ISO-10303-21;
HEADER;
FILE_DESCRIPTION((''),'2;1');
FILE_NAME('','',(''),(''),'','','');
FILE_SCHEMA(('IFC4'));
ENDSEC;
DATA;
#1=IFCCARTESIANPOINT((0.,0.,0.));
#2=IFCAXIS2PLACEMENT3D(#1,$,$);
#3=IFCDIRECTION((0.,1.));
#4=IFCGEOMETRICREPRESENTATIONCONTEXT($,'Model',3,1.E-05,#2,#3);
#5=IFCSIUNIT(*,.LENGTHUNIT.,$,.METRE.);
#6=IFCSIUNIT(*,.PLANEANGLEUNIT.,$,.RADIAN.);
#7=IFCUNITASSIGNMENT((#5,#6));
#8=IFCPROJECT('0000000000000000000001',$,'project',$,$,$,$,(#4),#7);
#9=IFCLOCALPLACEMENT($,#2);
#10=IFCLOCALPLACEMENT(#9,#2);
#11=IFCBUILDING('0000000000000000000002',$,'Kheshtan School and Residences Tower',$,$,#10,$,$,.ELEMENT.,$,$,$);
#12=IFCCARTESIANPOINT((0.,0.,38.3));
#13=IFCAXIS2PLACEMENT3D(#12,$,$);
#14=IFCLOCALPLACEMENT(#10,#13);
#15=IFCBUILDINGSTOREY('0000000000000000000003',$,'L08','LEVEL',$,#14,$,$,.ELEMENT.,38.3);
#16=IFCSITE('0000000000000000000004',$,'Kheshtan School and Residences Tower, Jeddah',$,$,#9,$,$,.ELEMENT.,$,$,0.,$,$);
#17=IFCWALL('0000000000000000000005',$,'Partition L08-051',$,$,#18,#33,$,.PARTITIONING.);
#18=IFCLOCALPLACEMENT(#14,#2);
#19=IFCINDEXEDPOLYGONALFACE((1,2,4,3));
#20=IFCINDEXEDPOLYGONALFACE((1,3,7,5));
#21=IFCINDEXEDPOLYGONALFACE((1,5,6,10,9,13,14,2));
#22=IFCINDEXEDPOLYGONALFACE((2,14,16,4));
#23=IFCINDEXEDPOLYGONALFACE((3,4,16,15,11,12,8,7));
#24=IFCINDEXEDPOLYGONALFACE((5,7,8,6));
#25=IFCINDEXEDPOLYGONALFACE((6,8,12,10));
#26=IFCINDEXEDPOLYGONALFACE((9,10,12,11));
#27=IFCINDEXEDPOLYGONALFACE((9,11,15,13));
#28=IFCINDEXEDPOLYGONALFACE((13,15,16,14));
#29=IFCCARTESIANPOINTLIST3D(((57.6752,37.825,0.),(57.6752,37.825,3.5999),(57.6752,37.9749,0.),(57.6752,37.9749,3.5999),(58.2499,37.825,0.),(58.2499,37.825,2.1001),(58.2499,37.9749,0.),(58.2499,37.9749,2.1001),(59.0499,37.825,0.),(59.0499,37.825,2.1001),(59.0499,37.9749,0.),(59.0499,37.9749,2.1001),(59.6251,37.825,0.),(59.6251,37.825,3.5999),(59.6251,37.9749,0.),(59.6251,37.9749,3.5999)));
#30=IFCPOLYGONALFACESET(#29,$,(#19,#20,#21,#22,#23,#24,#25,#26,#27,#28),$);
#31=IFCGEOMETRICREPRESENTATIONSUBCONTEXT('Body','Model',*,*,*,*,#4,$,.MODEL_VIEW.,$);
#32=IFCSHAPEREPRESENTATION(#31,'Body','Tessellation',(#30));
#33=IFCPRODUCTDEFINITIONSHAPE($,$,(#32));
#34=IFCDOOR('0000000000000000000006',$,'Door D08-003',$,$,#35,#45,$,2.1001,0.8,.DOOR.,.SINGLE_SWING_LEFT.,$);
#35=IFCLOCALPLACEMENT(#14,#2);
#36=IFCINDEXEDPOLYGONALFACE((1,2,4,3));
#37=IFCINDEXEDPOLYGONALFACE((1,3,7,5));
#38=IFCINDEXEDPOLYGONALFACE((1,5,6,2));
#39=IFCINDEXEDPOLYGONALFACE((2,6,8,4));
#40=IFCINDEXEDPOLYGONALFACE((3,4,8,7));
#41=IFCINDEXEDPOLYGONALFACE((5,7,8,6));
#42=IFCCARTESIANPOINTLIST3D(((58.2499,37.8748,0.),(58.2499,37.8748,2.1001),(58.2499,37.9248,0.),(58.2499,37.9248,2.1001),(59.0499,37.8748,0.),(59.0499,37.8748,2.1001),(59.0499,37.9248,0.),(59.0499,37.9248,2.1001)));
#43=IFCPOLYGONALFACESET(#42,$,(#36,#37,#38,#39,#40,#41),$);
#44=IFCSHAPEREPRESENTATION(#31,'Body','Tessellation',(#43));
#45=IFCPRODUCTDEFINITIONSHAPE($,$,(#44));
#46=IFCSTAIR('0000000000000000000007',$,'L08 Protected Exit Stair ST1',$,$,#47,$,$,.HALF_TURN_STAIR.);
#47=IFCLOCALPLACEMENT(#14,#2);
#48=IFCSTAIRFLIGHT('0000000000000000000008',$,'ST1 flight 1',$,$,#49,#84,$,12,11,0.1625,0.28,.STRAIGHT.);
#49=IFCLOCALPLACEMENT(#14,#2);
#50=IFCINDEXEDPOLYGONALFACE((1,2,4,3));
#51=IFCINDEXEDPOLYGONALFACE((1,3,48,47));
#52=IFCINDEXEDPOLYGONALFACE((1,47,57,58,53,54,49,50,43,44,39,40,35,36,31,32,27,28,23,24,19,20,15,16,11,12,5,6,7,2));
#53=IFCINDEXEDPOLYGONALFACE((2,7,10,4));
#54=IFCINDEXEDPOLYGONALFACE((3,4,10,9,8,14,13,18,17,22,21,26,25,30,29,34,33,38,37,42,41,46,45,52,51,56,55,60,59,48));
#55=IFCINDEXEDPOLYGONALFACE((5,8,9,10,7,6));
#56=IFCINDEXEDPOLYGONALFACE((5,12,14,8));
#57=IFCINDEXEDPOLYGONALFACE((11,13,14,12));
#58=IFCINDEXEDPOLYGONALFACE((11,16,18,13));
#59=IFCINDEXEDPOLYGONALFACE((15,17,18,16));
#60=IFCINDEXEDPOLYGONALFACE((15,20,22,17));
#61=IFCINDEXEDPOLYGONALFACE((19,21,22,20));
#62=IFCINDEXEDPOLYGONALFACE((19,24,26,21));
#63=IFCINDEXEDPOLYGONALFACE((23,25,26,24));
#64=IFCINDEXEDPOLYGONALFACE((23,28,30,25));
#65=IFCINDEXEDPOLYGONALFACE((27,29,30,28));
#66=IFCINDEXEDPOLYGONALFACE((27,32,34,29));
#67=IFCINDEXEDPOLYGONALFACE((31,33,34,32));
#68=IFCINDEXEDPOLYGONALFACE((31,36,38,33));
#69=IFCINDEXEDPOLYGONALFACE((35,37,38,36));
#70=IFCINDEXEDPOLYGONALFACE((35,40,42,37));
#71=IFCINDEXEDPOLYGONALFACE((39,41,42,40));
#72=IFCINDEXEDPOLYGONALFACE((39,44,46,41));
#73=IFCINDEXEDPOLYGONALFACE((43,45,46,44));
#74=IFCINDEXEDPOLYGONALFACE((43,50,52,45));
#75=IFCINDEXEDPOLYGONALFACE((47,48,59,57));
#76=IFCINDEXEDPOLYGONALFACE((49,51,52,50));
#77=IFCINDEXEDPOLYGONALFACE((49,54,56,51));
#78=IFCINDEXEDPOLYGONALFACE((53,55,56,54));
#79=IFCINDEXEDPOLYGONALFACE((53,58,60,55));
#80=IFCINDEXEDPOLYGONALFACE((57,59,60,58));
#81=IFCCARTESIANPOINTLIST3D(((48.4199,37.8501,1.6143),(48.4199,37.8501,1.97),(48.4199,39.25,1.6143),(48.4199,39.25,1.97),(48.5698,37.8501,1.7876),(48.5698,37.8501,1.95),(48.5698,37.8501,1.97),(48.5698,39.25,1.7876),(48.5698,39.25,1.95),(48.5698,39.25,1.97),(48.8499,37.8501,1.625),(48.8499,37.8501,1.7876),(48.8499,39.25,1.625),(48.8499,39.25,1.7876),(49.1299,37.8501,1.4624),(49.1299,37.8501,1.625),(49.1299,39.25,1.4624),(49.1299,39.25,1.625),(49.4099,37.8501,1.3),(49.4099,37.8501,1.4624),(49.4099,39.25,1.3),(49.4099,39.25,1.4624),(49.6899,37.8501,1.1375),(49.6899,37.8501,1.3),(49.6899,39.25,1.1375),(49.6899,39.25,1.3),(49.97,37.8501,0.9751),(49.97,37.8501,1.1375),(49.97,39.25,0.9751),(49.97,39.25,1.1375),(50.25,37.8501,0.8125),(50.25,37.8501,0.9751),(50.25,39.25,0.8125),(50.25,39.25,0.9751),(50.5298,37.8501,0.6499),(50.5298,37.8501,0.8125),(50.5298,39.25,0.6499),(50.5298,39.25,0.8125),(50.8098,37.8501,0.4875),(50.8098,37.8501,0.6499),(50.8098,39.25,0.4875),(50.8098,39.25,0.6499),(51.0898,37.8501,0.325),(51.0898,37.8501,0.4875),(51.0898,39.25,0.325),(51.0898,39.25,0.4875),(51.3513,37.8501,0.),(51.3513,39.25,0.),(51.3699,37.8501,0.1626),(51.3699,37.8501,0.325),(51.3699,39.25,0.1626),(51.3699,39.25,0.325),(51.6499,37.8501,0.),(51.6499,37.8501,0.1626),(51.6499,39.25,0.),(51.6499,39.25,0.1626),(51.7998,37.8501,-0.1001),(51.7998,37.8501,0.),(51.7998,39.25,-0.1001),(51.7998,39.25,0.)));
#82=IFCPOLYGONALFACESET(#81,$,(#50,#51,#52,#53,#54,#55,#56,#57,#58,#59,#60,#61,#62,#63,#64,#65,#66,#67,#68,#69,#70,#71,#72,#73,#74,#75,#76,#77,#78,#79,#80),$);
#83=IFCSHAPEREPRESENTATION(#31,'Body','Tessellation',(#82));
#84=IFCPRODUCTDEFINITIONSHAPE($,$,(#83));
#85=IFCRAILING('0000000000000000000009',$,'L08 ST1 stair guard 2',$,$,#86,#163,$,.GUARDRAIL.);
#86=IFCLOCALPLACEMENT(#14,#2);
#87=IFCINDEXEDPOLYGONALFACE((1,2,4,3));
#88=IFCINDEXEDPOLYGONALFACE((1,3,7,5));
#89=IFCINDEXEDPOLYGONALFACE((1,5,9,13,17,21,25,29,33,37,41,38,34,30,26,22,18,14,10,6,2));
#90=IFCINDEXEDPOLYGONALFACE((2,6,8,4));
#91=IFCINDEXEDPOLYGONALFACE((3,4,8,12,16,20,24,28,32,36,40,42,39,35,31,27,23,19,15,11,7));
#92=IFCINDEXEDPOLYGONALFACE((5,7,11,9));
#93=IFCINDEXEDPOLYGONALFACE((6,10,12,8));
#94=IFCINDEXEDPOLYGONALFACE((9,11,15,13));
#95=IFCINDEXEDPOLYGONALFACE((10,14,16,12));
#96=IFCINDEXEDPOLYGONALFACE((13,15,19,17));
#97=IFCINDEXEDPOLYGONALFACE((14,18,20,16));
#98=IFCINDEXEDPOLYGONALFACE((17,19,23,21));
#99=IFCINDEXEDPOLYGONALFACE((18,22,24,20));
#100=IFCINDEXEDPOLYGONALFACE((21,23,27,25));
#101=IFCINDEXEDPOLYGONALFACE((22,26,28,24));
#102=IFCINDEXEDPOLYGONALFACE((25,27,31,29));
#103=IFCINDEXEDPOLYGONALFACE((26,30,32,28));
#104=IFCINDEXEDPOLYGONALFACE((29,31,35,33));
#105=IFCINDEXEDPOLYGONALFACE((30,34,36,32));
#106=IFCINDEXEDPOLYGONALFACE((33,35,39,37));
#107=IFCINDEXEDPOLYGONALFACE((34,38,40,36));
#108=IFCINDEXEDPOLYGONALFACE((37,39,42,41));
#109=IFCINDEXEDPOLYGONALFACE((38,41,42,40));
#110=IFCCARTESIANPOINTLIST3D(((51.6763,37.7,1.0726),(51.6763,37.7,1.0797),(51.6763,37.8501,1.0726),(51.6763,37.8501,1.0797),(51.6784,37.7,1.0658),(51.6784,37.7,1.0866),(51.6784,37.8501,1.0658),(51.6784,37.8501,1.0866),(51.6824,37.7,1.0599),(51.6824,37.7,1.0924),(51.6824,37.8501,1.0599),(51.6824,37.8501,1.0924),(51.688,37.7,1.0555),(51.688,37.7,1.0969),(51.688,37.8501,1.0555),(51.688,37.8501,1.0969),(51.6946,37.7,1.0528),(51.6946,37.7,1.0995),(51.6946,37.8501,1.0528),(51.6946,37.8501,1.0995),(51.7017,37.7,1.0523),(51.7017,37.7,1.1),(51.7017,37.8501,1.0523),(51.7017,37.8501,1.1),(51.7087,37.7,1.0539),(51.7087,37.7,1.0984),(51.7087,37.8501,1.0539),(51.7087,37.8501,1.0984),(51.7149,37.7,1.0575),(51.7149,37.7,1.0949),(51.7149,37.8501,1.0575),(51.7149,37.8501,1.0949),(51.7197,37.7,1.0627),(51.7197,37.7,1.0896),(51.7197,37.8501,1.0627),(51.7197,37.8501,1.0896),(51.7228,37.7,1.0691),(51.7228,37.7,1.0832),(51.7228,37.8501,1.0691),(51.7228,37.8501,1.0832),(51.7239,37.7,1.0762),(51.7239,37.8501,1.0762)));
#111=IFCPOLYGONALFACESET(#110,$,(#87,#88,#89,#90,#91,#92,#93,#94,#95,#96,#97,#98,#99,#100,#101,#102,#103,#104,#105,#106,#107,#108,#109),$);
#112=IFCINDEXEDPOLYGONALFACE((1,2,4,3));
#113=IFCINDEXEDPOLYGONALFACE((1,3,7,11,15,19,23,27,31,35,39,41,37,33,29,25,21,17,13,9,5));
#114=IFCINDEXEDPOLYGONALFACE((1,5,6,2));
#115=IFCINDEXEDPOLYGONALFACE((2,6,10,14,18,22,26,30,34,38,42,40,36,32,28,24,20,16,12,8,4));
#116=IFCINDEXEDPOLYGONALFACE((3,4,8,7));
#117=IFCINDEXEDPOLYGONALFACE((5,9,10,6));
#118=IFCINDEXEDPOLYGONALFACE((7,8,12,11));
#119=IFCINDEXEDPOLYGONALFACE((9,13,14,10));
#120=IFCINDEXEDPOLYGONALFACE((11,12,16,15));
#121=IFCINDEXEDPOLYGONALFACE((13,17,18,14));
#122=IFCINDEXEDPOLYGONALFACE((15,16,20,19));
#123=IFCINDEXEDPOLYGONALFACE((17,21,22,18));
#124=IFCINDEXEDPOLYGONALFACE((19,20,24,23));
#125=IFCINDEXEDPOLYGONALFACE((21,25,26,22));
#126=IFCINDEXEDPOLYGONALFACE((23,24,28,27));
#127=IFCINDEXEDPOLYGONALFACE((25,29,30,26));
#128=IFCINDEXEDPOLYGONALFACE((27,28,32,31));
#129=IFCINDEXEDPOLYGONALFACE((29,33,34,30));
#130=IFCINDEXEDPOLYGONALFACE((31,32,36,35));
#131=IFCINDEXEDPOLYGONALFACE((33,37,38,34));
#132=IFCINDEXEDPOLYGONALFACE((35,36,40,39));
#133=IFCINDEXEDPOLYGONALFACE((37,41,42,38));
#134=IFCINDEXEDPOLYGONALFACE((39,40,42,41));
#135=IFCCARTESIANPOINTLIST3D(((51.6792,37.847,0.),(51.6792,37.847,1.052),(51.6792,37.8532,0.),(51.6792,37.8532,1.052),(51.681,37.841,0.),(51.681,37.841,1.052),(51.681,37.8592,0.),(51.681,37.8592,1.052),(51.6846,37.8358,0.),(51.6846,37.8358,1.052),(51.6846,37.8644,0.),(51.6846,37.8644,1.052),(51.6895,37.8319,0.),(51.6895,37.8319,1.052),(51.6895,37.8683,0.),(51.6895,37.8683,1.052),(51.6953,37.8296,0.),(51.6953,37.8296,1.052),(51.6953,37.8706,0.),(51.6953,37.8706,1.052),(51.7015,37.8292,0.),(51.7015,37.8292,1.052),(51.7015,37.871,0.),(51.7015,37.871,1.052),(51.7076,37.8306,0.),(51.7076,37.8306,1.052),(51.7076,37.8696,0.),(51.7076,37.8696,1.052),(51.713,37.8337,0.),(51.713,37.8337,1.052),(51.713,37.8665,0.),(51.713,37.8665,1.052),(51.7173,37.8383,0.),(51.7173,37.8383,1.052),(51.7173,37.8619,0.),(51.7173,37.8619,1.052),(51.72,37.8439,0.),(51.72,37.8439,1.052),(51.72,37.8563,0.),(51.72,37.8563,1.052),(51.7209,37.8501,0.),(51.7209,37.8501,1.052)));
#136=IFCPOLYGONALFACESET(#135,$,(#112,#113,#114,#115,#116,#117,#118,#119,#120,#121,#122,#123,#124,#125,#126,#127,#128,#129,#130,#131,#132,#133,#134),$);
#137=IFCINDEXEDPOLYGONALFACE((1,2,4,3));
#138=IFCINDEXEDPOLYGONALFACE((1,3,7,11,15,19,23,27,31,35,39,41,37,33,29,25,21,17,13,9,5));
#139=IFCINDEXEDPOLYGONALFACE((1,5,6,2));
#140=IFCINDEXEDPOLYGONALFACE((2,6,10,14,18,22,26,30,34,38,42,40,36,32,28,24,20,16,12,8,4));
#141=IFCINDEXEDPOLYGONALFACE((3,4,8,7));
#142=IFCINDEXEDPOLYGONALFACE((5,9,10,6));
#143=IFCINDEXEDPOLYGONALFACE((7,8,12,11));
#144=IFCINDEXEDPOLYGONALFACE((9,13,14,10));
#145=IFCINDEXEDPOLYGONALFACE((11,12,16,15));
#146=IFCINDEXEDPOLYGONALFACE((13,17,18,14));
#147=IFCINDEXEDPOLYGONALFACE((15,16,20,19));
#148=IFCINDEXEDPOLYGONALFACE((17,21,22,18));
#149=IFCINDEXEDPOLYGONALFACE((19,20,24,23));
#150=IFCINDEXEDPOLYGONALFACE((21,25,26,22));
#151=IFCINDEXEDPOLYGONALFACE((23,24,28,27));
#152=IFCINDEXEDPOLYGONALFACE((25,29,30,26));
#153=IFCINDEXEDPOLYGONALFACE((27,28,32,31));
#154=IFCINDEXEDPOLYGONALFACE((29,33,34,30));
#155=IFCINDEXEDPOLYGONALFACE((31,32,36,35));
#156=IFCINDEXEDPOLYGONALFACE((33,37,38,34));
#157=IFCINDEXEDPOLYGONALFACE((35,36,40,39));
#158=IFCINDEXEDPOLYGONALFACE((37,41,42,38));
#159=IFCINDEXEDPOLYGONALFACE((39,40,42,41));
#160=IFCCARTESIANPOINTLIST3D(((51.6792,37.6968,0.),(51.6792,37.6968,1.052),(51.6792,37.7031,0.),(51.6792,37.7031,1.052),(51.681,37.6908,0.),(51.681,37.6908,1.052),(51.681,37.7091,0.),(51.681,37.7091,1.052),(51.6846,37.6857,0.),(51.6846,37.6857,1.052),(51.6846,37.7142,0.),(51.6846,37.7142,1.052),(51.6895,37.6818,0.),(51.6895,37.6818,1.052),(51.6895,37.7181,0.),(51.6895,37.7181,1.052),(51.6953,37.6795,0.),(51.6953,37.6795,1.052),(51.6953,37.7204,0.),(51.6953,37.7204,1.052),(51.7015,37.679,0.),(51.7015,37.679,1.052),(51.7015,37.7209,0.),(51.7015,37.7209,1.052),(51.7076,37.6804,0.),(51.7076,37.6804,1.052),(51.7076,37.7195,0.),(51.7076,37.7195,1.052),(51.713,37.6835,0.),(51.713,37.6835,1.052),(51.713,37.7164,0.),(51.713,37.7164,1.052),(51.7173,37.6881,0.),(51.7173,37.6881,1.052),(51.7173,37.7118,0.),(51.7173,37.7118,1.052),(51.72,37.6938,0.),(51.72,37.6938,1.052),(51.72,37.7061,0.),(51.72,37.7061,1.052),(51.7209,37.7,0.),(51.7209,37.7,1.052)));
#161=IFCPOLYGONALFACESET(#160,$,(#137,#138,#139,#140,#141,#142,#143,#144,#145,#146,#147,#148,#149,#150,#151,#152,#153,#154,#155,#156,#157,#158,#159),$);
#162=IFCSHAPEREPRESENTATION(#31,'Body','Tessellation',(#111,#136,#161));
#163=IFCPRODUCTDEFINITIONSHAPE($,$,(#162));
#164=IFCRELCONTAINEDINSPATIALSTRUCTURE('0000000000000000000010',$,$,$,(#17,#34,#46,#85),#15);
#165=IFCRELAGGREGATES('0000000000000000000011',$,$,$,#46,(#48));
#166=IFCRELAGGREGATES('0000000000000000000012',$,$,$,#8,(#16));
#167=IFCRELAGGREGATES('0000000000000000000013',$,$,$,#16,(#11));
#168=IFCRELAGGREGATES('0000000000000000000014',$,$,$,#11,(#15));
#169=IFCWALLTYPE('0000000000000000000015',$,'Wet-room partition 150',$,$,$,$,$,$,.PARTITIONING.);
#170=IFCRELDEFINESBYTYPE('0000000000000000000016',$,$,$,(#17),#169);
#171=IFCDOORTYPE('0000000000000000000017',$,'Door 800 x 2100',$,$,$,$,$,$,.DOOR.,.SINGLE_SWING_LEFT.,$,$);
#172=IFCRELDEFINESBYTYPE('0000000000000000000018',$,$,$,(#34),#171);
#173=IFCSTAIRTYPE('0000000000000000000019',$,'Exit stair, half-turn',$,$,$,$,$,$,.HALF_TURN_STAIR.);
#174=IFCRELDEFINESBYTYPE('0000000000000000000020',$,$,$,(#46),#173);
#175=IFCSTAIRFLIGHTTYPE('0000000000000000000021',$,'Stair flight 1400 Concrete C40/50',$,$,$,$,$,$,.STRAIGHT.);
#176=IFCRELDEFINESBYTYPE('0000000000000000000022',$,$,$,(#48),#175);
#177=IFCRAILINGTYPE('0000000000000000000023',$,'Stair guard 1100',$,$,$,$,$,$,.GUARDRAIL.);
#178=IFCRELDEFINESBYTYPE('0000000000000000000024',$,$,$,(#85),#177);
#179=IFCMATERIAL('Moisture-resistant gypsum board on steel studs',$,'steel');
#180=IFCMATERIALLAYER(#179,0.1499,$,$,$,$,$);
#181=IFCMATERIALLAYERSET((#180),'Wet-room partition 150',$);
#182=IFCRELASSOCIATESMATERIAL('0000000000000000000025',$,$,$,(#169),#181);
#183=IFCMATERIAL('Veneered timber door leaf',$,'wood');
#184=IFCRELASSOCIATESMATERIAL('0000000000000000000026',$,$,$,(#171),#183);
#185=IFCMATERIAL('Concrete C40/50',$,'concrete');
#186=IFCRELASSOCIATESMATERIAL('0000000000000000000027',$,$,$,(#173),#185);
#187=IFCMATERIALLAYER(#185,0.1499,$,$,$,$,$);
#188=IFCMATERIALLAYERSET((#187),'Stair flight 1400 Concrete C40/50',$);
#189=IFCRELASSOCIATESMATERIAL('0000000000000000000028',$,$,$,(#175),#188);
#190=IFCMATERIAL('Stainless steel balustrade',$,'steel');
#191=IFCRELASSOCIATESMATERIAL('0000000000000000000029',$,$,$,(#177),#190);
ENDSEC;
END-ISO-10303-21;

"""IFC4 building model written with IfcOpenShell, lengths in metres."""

from ifc_helpers import new_model, si_unit, direction, frame, frame_2d, origin, origin_2d, place, context, subcontext, project, spatial, polyline, rectangle, circle, outline, extrude, source, transform, mapped, material, layer, layer_set, type_object, element, fill, aggregate, save


model = new_model("IFC4")

# Units and contexts
model_context = context("Model", 3, precision=1e-05, world=origin(), true_north=direction((0.0, 1.0)))
body_context = subcontext(model_context, "Body", "Model", "MODEL_VIEW")
ifc_project = project(units=[si_unit("LENGTHUNIT", "METRE"), si_unit("PLANEANGLEUNIT", "RADIAN")], contexts=[model_context])

# Site, building, storey
site_placement = place(None, origin())
site = spatial("IfcSite", under=ifc_project, at=site_placement, Name="Kheshtan School and Residences Tower, Jeddah", CompositionType="ELEMENT", RefElevation=0.0)
building_placement = place(site_placement, origin())
building = spatial("IfcBuilding", under=site, at=building_placement, Name="Kheshtan School and Residences Tower", CompositionType="ELEMENT")
storey_placement = place(building_placement, frame((0.0, 0.0, 38.3)))
storey = spatial("IfcBuildingStorey", under=building, at=storey_placement, Name="L08", Description="LEVEL", CompositionType="ELEMENT", Elevation=38.3)

# Shared definitions
ifc_material_1 = material(Name="Concrete C40/50", Category="concrete")

# Wall, opening, door
ifc_material_2 = material(Name="Moisture-resistant gypsum board on steel studs", Category="steel")
ifc_layer_1 = layer(ifc_material_2, 0.1499)
ifc_layer_set_1 = layer_set([ifc_layer_1], Name="Wet-room partition 150")
wall_type_1 = type_object("IfcWallType", Name="Wet-room partition 150", PredefinedType="PARTITIONING", material=ifc_layer_set_1)
wall_1_placement = place(storey_placement, frame((57.675, 37.8999, 0.0), z_axis=(0.0, 0.0, 1.0), x_axis=(1.0, 0.0, 0.0)))
wall_1 = element("IfcWall", 1, at=wall_1_placement, inside=storey, type_object=wall_type_1, Name="Partition L08-051", PredefinedType="PARTITIONING", context=body_context, shape_type="SweptSolid", body=[
    extrude(rectangle(XDim=1.95, YDim=0.1499, at=frame_2d((0.9751, 0.0))), origin(), (0.0, 0.0, 1.0), 3.5999),
])
opening_1_placement = place(wall_1_placement, frame((0.575, 0.0, 0.0)))
opening_1 = element("IfcOpeningElement", 2, at=opening_1_placement, cuts=wall_1, PredefinedType="OPENING", context=body_context, shape_type="SweptSolid", body=[
    extrude(rectangle(XDim=0.8, YDim=2.1001, at=frame_2d((0.3999, 1.05))), frame((0.0, 0.085, 0.0), z_axis=(0.0, -1.0, 0.0), x_axis=(1.0, 0.0, 0.0)), (0.0, 0.0, 1.0), 0.1699),
])
ifc_material_3 = material(Name="Veneered timber door leaf", Category="wood")
door_type_1 = type_object("IfcDoorType", Name="Door 800 x 2100", OperationType="SINGLE_SWING_LEFT", PredefinedType="DOOR", material=ifc_material_3)
shared_shape_1 = source(origin(), body_context, "Body", "SweptSolid", [
    extrude(rectangle(XDim=0.8, YDim=2.1001, at=frame_2d((0.3999, 1.05))), frame((0.0, 0.0249, 0.0), z_axis=(0.0, -1.0, 0.0), x_axis=(1.0, 0.0, 0.0)), (0.0, 0.0, 1.0), 0.05),
])
door_1_placement = place(opening_1_placement, origin())
door_1 = element("IfcDoor", 3, at=door_1_placement, inside=storey, type_object=door_type_1, Name="Door D08-003", OperationType="SINGLE_SWING_LEFT", OverallHeight=2.1001, OverallWidth=0.8, PredefinedType="DOOR", context=body_context, shape_type="MappedRepresentation", body=[
    mapped(shared_shape_1, transform((0.0, 0.0, 0.0), x_axis=(1.0, 0.0, 0.0), y_axis=(0.0, 1.0, 0.0), z_axis=(0.0, 0.0, 1.0), scale=1.0)),
])
fill(opening_1, door_1)

# Stair, stair flight
stair_type = type_object("IfcStairType", Name="Exit stair, half-turn", PredefinedType="HALF_TURN_STAIR", material=ifc_material_1)
stair_placement = place(storey_placement, origin())
stair = element("IfcStair", 4, at=stair_placement, inside=storey, type_object=stair_type, Name="L08 Protected Exit Stair ST1", PredefinedType="HALF_TURN_STAIR")
ifc_layer_2 = layer(ifc_material_1, 0.1499)
ifc_layer_set_2 = layer_set([ifc_layer_2], Name="Stair flight 1400 Concrete C40/50")
stair_flight_type = type_object("IfcStairFlightType", Name="Stair flight 1400 Concrete C40/50", PredefinedType="STRAIGHT", material=ifc_layer_set_2)
stair_flight_placement = place(storey_placement, frame((51.6499, 38.55, 0.0), z_axis=(0.0, 0.0, 1.0), x_axis=(-1.0, 0.0, 0.0)))
stair_flight = element("IfcStairFlight", 5, at=stair_flight_placement, type_object=stair_flight_type, Name="ST1 flight 1", NumberOfRisers=12, NumberOfTreads=11, PredefinedType="STRAIGHT", RiserHeight=0.1625, TreadLength=0.28, context=body_context, shape_type="SweptSolid", body=[
    extrude(outline(polyline([(-0.1499, -0.1001), (-0.1499, 0.0), (0.0, 0.0), (0.0, 0.1626), (0.28, 0.1626), (0.28, 0.325), (0.5601, 0.325), (0.5601, 0.4875), (0.8401, 0.4875), (0.8401, 0.6499), (1.1201, 0.6499), (1.1201, 0.8125), (1.3999, 0.8125), (1.3999, 0.9751), (1.6799, 0.9751), (1.6799, 1.1375), (1.96, 1.1375), (1.96, 1.3), (2.24, 1.3), (2.24, 1.4624), (2.52, 1.4624), (2.52, 1.625), (2.8, 1.625), (2.8, 1.7876), (3.0801, 1.7876), (3.0801, 1.95), (3.0801, 1.97), (3.23, 1.97), (3.23, 1.6143), (0.2986, 0.0), (-0.1499, -0.1001)])), frame((0.0, 0.7, 0.0), z_axis=(0.0, -1.0, 0.0), x_axis=(1.0, 0.0, 0.0)), (0.0, 0.0, 1.0), 1.3999),
])
aggregate(stair, [stair_flight])

# Railing
ifc_material_4 = material(Name="Stainless steel balustrade", Category="steel")
railing_type_1 = type_object("IfcRailingType", Name="Stair guard 1100", PredefinedType="GUARDRAIL", material=ifc_material_4)
railing_1_placement = place(storey_placement, frame((51.7, 37.8501, 0.0)))
element("IfcRailing", 6, at=railing_1_placement, inside=storey, type_object=railing_type_1, Name="L08 ST1 stair guard 2", PredefinedType="GUARDRAIL", context=body_context, shape_type="SweptSolid", body=[
    extrude(circle(Radius=0.0239, at=origin_2d()), frame((0.0, 0.0, 1.0762), z_axis=(0.0, -1.0, 0.0), x_axis=(1.0, 0.0, 0.0)), (0.0, 0.0, 1.0), 0.1501),
    extrude(circle(Radius=0.021, at=origin_2d()), origin(), (0.0, 0.0, 1.0), 1.052),
    extrude(circle(Radius=0.021, at=origin_2d()), frame((0.0, -0.1501, 0.0)), (0.0, 0.0, 1.0), 1.052),
])

save(model, "model.ifc")
